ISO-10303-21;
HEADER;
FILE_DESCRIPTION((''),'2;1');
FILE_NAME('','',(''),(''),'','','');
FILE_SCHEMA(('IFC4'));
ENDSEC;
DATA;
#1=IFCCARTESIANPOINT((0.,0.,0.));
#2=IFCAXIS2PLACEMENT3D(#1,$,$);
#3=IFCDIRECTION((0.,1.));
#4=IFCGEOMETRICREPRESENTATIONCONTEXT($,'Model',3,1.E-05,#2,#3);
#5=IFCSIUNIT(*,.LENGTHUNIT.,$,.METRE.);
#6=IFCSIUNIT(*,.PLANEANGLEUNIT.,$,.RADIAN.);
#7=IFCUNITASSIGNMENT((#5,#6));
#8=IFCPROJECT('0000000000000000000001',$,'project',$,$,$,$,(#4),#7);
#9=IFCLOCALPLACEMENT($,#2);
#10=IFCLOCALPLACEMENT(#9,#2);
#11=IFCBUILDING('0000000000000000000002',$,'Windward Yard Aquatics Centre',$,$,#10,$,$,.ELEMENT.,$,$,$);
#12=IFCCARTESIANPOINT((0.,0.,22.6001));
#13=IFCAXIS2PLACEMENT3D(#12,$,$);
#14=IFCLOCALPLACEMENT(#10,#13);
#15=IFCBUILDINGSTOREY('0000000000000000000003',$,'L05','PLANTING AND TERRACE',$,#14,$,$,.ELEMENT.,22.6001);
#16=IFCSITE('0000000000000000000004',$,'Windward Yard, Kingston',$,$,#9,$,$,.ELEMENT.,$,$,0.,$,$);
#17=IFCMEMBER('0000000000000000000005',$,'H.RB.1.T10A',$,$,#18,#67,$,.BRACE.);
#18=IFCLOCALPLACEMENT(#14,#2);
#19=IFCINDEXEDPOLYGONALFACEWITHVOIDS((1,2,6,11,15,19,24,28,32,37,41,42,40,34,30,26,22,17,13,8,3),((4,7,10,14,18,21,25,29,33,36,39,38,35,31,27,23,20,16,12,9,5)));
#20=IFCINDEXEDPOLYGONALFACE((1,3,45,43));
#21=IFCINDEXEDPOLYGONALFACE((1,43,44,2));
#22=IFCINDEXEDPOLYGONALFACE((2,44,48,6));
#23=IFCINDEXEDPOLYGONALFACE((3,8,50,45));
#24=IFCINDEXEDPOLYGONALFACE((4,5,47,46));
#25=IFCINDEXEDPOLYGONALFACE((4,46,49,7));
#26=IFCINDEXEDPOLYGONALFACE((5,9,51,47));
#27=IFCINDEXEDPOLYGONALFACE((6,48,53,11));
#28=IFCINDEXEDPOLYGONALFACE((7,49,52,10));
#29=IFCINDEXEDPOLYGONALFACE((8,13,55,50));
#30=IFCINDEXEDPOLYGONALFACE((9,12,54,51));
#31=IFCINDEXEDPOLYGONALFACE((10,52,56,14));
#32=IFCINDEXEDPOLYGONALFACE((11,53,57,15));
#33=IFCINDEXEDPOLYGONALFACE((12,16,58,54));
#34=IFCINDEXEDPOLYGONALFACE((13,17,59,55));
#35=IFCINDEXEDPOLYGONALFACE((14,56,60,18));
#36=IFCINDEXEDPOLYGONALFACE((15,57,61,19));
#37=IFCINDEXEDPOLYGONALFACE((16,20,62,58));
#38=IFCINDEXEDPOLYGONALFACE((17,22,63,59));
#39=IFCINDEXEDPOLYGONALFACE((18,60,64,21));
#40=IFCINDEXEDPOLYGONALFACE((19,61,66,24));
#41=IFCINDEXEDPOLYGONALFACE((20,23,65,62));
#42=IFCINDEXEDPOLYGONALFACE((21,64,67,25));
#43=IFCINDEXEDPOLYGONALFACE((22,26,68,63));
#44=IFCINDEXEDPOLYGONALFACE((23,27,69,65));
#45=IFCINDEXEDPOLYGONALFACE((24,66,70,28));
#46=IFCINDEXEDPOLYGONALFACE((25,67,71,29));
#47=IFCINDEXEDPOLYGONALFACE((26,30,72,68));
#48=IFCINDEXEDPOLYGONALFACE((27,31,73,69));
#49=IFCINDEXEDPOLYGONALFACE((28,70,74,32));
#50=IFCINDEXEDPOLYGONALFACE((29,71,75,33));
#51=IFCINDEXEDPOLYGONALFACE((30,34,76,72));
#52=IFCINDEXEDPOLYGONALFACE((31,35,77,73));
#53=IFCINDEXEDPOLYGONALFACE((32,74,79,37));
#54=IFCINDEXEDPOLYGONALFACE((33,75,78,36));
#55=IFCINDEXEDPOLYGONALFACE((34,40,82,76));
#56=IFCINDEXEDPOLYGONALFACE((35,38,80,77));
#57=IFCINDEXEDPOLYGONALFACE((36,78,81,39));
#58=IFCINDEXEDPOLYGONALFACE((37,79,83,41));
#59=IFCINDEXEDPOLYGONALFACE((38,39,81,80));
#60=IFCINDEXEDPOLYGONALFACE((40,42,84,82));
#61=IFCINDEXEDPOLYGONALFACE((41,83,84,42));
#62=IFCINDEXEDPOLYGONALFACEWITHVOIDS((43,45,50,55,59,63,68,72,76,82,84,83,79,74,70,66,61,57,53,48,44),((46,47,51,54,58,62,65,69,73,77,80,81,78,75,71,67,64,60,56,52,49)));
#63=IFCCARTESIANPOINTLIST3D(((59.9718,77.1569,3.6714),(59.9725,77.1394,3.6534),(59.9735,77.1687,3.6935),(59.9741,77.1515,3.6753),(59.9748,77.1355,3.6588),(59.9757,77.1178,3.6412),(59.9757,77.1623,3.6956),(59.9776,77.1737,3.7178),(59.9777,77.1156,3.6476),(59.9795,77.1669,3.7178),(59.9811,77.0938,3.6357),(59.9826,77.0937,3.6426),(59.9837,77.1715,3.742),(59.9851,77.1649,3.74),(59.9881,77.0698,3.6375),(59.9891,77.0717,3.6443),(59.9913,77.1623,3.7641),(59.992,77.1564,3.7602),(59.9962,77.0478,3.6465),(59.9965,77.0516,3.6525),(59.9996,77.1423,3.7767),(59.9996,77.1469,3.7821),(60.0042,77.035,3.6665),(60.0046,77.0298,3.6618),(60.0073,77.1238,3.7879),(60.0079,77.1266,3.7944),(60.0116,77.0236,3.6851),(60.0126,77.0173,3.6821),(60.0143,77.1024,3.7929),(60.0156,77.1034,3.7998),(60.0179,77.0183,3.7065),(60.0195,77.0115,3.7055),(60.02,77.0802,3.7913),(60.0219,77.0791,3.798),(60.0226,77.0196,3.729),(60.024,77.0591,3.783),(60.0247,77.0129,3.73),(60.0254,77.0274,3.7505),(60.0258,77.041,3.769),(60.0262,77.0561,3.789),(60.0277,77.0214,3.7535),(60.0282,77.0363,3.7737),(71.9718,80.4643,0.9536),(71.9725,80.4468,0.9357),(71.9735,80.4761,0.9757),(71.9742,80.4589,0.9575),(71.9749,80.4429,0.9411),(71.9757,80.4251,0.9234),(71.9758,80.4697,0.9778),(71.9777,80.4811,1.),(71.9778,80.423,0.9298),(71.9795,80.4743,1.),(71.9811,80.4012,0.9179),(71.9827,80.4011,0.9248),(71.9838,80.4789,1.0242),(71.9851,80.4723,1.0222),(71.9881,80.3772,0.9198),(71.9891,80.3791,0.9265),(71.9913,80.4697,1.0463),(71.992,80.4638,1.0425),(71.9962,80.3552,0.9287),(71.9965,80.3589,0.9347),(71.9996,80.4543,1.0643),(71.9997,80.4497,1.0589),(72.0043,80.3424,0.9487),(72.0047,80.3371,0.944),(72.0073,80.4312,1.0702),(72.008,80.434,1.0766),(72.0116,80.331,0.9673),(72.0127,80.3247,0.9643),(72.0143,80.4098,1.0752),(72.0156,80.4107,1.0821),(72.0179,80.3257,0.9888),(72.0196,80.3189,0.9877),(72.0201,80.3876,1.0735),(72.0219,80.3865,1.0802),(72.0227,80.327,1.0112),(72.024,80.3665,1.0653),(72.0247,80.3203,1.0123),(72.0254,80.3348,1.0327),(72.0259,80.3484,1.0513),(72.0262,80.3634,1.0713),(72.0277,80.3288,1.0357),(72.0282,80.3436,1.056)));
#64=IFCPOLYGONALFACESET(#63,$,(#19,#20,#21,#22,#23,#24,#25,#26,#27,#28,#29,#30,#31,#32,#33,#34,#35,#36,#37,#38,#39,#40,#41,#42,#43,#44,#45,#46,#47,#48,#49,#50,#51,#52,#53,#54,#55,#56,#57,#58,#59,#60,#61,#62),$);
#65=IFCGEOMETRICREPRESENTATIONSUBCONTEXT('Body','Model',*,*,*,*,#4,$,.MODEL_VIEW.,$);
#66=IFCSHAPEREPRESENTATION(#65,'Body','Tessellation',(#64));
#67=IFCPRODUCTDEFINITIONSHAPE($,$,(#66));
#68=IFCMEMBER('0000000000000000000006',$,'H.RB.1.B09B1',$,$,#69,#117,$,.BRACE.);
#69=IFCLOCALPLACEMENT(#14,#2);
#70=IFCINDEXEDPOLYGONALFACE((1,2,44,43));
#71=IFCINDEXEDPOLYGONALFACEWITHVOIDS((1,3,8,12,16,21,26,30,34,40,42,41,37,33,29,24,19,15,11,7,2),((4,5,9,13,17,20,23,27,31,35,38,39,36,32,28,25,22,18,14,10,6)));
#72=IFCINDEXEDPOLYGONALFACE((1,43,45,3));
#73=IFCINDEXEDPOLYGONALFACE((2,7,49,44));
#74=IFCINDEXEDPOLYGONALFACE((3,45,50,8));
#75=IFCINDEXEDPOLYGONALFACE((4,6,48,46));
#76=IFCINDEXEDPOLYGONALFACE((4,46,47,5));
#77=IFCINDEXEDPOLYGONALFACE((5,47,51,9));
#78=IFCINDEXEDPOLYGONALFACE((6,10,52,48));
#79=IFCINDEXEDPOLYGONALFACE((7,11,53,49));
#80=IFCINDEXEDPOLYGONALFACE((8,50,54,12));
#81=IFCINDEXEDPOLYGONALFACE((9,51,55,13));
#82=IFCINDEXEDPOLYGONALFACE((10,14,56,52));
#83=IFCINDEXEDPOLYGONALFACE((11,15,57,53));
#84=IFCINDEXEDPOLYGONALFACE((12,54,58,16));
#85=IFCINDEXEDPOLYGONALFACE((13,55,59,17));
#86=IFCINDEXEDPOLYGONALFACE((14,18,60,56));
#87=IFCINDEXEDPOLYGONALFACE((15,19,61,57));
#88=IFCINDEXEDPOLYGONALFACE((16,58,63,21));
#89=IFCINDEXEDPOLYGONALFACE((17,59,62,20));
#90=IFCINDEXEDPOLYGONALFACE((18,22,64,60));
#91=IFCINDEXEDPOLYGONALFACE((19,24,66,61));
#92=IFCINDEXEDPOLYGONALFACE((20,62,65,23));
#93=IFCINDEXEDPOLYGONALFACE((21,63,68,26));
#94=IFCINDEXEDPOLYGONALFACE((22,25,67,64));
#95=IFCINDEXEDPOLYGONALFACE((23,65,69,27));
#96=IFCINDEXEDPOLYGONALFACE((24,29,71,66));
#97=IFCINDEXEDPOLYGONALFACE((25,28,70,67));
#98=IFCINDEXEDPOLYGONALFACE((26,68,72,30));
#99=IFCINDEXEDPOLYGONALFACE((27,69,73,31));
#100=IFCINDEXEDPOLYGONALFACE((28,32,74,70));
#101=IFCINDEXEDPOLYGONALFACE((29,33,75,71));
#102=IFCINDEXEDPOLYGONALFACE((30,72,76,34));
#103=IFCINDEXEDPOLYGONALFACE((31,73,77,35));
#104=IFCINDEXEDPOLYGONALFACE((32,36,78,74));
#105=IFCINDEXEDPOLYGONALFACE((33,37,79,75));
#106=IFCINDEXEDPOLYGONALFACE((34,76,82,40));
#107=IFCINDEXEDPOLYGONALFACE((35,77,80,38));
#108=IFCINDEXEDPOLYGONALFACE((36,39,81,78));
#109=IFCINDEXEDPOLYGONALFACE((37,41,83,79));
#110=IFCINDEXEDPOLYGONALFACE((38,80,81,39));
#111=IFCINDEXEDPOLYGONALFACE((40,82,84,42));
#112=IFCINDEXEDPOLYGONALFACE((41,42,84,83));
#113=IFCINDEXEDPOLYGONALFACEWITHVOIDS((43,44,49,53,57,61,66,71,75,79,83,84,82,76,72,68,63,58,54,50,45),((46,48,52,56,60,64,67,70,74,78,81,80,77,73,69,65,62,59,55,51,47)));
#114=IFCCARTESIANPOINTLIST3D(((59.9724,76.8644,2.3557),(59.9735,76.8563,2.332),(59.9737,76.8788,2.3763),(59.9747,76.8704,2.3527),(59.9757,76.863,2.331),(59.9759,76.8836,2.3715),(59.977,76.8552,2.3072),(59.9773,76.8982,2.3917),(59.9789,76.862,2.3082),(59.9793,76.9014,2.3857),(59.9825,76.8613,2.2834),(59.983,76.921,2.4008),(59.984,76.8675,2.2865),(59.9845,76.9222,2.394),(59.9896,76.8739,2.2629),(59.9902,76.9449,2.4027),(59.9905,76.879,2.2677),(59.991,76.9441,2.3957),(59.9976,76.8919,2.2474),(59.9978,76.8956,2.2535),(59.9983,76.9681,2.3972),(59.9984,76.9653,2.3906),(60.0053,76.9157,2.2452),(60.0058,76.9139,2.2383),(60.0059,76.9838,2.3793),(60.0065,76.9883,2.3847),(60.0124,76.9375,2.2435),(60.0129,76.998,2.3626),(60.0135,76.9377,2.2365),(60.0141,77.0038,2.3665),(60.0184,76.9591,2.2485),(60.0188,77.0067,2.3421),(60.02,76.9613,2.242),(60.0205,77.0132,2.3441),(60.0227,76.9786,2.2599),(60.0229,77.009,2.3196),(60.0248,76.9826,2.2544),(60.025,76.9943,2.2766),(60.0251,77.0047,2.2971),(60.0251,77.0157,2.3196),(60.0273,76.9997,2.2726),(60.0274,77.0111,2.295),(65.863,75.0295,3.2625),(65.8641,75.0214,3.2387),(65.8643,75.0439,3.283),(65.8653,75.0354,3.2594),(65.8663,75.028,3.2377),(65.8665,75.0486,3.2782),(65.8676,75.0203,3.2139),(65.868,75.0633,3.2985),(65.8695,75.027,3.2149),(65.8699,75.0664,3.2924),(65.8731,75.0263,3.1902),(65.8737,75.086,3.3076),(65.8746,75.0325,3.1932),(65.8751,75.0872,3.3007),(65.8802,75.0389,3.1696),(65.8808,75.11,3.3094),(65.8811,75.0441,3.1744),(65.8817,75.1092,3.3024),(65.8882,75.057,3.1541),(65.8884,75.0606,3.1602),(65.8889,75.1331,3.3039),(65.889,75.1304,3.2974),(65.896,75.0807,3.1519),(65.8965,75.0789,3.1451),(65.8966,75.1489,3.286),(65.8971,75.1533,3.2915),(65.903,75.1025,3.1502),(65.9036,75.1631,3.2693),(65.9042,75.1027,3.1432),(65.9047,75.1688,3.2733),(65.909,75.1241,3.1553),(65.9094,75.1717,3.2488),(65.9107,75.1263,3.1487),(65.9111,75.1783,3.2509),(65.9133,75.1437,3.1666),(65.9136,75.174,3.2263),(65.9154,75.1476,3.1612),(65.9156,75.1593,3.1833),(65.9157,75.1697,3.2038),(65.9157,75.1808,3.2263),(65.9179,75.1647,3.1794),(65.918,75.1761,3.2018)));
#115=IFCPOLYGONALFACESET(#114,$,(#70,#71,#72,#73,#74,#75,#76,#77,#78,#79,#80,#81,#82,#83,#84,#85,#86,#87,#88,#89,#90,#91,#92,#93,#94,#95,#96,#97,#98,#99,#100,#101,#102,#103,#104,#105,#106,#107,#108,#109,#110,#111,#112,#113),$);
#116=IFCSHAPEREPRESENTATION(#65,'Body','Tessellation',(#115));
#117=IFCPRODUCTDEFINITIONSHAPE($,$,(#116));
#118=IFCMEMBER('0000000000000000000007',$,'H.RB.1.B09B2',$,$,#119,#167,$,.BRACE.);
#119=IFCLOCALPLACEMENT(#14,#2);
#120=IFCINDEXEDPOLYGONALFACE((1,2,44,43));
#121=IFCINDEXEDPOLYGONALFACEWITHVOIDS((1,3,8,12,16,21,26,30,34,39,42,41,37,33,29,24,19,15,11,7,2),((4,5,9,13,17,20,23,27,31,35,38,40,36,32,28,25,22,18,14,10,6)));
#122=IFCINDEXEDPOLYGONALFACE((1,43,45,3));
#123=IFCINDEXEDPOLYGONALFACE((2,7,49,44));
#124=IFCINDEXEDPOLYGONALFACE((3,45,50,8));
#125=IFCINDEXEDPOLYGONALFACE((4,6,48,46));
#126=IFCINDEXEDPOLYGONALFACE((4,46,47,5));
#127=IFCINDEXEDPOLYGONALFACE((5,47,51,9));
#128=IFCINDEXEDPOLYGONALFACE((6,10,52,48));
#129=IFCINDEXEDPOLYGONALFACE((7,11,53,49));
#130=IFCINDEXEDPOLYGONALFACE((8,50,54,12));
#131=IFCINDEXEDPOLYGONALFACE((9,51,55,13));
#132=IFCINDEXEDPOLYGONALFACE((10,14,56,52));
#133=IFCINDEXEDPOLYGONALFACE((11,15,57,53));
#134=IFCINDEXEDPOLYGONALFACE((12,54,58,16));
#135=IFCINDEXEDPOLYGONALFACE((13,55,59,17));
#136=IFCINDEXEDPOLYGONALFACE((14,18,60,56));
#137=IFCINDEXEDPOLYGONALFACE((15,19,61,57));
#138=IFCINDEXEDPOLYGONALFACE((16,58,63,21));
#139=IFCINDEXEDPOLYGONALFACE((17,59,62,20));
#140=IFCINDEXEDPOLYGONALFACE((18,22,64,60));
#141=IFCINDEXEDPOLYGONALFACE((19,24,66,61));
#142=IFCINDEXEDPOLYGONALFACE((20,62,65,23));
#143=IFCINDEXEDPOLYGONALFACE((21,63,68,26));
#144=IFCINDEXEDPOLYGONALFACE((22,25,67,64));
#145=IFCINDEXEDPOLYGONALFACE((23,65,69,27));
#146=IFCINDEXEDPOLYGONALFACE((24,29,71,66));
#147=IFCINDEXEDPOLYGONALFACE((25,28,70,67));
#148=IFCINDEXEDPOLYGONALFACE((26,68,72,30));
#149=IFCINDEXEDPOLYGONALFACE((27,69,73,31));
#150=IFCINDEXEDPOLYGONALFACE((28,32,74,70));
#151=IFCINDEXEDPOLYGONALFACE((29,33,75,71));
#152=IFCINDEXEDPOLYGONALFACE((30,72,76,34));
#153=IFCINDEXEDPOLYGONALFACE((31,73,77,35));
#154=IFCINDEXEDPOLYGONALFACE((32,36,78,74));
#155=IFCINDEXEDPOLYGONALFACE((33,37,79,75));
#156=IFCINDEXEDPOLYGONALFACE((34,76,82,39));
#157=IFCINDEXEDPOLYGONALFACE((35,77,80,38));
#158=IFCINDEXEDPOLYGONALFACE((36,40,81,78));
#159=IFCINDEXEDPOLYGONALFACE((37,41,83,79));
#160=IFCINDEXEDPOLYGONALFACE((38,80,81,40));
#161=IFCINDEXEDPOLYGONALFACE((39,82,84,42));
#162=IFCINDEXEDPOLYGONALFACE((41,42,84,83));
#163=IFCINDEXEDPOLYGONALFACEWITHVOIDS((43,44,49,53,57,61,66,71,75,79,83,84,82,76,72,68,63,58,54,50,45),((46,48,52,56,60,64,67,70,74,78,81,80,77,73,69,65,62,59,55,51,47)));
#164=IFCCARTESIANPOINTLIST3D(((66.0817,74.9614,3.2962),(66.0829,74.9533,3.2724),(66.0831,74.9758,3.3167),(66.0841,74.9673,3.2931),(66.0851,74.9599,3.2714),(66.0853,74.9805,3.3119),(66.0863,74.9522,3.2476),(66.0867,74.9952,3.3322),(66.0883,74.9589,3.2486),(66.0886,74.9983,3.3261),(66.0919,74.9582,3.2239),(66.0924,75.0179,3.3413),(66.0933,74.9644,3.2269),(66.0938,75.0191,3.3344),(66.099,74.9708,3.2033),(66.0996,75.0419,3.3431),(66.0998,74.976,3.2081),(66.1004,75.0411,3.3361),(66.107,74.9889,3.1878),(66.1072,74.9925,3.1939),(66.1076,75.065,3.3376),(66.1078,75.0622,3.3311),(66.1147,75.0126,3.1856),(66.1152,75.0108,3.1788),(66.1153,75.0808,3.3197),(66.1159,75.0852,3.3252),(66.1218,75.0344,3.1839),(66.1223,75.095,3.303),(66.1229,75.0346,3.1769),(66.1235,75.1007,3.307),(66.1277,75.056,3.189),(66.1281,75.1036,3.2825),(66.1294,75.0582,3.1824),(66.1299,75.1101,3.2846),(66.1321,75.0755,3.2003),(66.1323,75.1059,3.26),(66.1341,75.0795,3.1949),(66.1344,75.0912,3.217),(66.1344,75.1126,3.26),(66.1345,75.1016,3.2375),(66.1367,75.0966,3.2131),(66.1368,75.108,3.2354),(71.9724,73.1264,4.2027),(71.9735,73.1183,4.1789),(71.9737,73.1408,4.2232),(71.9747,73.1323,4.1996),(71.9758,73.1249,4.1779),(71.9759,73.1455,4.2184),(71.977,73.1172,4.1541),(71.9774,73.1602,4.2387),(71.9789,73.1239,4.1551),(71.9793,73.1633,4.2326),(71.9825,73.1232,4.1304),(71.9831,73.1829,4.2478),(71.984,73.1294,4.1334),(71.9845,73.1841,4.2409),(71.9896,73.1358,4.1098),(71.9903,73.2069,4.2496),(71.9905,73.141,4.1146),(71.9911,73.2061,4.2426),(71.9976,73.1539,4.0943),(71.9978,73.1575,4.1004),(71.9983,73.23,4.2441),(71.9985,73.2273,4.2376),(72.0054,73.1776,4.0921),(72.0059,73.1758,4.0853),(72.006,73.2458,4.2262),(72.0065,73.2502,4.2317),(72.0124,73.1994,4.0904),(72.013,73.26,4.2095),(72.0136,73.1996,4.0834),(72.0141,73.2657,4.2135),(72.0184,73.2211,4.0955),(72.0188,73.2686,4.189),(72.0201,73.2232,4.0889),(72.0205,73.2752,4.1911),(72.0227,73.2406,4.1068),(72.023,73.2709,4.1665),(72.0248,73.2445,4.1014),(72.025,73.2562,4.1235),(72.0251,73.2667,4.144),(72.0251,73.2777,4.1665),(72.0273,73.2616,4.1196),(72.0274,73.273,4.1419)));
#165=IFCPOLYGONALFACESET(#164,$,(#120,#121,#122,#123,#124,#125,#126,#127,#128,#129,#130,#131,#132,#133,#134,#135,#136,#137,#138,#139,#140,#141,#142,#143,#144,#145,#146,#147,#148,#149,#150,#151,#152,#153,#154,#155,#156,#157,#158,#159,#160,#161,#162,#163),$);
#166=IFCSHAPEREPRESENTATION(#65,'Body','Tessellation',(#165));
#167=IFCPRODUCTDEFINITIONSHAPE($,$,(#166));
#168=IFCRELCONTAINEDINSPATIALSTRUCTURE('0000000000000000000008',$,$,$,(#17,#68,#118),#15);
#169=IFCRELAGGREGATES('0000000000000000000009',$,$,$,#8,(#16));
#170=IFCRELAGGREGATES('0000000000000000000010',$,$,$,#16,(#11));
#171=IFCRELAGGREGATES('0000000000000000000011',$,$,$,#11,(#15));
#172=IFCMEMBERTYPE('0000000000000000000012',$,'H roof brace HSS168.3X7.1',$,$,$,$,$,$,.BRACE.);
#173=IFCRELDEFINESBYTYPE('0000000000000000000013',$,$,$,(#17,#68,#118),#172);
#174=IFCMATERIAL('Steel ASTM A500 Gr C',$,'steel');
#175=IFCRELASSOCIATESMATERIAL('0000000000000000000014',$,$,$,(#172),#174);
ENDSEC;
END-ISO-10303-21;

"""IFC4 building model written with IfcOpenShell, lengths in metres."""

from ifc_helpers import new_model, si_unit, direction, frame, origin, origin_2d, place, context, subcontext, project, spatial, hollow_circle, extrude, material, material_profile, profile_set, type_object, element, save


model = new_model("IFC4")

# Units and contexts
model_context = context("Model", 3, precision=1e-05, world=origin(), true_north=direction((0.0, 1.0)))
body_context = subcontext(model_context, "Body", "Model", "MODEL_VIEW")
ifc_project = project(units=[si_unit("LENGTHUNIT", "METRE"), si_unit("PLANEANGLEUNIT", "RADIAN")], contexts=[model_context])

# Site, building, storey
site_placement = place(None, origin())
site = spatial("IfcSite", under=ifc_project, at=site_placement, Name="Windward Yard, Kingston", CompositionType="ELEMENT", RefElevation=0.0)
building_placement = place(site_placement, origin())
building = spatial("IfcBuilding", under=site, at=building_placement, Name="Windward Yard Aquatics Centre", CompositionType="ELEMENT")
storey_placement = place(building_placement, frame((0.0, 0.0, 22.6001)))
storey = spatial("IfcBuildingStorey", under=building, at=storey_placement, Name="L05", Description="PLANTING AND TERRACE", CompositionType="ELEMENT", Elevation=22.6001)

# Members
ifc_material_1 = material(Name="Steel ASTM A500 Gr C", Category="steel")
ifc_material_profile_1 = material_profile(ifc_material_1, hollow_circle(Radius=0.0842, WallThickness=0.0071, at=origin_2d()), Name="HSS168.3X7.1")
ifc_profile_set_1 = profile_set([ifc_material_profile_1], Name="Steel ASTM A500 Gr C")
member_type_1 = type_object("IfcMemberType", Name="H roof brace HSS168.3X7.1", PredefinedType="BRACE", material=ifc_profile_set_1)
member_1_placement = place(storey_placement, frame((60.0, 77.0925, 3.7178), z_axis=(0.941865, 0.259591, -0.213315), x_axis=(-0.265707, 0.964054, 0.0)))
element("IfcMember", 1, at=member_1_placement, inside=storey, type_object=member_type_1, Name="H.RB.1.T10A", PredefinedType="BRACE", context=body_context, shape_type="SweptSolid", body=[
    extrude(hollow_circle(Radius=0.0842, WallThickness=0.0071, at=origin_2d()), origin(), (0.0, 0.0, 1.0), 12.7407),
])
for number, where, z_axis, x_axis, name in (
    (2, (60.0, 76.9353, 2.3196), (0.944604, -0.294249, 0.145402), (0.29741, 0.95475, 0.0), "H.RB.1.B09B1"),
    (3, (66.1094, 75.0322, 3.26), (0.944609, -0.294251, 0.145364), (0.29741, 0.95475, 0.0), "H.RB.1.B09B2"),
):
    element("IfcMember", number, at=place(storey_placement, frame(where, z_axis=z_axis, x_axis=x_axis)), inside=storey, type_object=member_type_1, Name=name, PredefinedType="BRACE", context=body_context, shape_type="SweptSolid", body=[
        extrude(hollow_circle(Radius=0.0842, WallThickness=0.0071, at=origin_2d()), origin(), (0.0, 0.0, 1.0), 6.2361),
    ])

save(model, "model.ifc")
